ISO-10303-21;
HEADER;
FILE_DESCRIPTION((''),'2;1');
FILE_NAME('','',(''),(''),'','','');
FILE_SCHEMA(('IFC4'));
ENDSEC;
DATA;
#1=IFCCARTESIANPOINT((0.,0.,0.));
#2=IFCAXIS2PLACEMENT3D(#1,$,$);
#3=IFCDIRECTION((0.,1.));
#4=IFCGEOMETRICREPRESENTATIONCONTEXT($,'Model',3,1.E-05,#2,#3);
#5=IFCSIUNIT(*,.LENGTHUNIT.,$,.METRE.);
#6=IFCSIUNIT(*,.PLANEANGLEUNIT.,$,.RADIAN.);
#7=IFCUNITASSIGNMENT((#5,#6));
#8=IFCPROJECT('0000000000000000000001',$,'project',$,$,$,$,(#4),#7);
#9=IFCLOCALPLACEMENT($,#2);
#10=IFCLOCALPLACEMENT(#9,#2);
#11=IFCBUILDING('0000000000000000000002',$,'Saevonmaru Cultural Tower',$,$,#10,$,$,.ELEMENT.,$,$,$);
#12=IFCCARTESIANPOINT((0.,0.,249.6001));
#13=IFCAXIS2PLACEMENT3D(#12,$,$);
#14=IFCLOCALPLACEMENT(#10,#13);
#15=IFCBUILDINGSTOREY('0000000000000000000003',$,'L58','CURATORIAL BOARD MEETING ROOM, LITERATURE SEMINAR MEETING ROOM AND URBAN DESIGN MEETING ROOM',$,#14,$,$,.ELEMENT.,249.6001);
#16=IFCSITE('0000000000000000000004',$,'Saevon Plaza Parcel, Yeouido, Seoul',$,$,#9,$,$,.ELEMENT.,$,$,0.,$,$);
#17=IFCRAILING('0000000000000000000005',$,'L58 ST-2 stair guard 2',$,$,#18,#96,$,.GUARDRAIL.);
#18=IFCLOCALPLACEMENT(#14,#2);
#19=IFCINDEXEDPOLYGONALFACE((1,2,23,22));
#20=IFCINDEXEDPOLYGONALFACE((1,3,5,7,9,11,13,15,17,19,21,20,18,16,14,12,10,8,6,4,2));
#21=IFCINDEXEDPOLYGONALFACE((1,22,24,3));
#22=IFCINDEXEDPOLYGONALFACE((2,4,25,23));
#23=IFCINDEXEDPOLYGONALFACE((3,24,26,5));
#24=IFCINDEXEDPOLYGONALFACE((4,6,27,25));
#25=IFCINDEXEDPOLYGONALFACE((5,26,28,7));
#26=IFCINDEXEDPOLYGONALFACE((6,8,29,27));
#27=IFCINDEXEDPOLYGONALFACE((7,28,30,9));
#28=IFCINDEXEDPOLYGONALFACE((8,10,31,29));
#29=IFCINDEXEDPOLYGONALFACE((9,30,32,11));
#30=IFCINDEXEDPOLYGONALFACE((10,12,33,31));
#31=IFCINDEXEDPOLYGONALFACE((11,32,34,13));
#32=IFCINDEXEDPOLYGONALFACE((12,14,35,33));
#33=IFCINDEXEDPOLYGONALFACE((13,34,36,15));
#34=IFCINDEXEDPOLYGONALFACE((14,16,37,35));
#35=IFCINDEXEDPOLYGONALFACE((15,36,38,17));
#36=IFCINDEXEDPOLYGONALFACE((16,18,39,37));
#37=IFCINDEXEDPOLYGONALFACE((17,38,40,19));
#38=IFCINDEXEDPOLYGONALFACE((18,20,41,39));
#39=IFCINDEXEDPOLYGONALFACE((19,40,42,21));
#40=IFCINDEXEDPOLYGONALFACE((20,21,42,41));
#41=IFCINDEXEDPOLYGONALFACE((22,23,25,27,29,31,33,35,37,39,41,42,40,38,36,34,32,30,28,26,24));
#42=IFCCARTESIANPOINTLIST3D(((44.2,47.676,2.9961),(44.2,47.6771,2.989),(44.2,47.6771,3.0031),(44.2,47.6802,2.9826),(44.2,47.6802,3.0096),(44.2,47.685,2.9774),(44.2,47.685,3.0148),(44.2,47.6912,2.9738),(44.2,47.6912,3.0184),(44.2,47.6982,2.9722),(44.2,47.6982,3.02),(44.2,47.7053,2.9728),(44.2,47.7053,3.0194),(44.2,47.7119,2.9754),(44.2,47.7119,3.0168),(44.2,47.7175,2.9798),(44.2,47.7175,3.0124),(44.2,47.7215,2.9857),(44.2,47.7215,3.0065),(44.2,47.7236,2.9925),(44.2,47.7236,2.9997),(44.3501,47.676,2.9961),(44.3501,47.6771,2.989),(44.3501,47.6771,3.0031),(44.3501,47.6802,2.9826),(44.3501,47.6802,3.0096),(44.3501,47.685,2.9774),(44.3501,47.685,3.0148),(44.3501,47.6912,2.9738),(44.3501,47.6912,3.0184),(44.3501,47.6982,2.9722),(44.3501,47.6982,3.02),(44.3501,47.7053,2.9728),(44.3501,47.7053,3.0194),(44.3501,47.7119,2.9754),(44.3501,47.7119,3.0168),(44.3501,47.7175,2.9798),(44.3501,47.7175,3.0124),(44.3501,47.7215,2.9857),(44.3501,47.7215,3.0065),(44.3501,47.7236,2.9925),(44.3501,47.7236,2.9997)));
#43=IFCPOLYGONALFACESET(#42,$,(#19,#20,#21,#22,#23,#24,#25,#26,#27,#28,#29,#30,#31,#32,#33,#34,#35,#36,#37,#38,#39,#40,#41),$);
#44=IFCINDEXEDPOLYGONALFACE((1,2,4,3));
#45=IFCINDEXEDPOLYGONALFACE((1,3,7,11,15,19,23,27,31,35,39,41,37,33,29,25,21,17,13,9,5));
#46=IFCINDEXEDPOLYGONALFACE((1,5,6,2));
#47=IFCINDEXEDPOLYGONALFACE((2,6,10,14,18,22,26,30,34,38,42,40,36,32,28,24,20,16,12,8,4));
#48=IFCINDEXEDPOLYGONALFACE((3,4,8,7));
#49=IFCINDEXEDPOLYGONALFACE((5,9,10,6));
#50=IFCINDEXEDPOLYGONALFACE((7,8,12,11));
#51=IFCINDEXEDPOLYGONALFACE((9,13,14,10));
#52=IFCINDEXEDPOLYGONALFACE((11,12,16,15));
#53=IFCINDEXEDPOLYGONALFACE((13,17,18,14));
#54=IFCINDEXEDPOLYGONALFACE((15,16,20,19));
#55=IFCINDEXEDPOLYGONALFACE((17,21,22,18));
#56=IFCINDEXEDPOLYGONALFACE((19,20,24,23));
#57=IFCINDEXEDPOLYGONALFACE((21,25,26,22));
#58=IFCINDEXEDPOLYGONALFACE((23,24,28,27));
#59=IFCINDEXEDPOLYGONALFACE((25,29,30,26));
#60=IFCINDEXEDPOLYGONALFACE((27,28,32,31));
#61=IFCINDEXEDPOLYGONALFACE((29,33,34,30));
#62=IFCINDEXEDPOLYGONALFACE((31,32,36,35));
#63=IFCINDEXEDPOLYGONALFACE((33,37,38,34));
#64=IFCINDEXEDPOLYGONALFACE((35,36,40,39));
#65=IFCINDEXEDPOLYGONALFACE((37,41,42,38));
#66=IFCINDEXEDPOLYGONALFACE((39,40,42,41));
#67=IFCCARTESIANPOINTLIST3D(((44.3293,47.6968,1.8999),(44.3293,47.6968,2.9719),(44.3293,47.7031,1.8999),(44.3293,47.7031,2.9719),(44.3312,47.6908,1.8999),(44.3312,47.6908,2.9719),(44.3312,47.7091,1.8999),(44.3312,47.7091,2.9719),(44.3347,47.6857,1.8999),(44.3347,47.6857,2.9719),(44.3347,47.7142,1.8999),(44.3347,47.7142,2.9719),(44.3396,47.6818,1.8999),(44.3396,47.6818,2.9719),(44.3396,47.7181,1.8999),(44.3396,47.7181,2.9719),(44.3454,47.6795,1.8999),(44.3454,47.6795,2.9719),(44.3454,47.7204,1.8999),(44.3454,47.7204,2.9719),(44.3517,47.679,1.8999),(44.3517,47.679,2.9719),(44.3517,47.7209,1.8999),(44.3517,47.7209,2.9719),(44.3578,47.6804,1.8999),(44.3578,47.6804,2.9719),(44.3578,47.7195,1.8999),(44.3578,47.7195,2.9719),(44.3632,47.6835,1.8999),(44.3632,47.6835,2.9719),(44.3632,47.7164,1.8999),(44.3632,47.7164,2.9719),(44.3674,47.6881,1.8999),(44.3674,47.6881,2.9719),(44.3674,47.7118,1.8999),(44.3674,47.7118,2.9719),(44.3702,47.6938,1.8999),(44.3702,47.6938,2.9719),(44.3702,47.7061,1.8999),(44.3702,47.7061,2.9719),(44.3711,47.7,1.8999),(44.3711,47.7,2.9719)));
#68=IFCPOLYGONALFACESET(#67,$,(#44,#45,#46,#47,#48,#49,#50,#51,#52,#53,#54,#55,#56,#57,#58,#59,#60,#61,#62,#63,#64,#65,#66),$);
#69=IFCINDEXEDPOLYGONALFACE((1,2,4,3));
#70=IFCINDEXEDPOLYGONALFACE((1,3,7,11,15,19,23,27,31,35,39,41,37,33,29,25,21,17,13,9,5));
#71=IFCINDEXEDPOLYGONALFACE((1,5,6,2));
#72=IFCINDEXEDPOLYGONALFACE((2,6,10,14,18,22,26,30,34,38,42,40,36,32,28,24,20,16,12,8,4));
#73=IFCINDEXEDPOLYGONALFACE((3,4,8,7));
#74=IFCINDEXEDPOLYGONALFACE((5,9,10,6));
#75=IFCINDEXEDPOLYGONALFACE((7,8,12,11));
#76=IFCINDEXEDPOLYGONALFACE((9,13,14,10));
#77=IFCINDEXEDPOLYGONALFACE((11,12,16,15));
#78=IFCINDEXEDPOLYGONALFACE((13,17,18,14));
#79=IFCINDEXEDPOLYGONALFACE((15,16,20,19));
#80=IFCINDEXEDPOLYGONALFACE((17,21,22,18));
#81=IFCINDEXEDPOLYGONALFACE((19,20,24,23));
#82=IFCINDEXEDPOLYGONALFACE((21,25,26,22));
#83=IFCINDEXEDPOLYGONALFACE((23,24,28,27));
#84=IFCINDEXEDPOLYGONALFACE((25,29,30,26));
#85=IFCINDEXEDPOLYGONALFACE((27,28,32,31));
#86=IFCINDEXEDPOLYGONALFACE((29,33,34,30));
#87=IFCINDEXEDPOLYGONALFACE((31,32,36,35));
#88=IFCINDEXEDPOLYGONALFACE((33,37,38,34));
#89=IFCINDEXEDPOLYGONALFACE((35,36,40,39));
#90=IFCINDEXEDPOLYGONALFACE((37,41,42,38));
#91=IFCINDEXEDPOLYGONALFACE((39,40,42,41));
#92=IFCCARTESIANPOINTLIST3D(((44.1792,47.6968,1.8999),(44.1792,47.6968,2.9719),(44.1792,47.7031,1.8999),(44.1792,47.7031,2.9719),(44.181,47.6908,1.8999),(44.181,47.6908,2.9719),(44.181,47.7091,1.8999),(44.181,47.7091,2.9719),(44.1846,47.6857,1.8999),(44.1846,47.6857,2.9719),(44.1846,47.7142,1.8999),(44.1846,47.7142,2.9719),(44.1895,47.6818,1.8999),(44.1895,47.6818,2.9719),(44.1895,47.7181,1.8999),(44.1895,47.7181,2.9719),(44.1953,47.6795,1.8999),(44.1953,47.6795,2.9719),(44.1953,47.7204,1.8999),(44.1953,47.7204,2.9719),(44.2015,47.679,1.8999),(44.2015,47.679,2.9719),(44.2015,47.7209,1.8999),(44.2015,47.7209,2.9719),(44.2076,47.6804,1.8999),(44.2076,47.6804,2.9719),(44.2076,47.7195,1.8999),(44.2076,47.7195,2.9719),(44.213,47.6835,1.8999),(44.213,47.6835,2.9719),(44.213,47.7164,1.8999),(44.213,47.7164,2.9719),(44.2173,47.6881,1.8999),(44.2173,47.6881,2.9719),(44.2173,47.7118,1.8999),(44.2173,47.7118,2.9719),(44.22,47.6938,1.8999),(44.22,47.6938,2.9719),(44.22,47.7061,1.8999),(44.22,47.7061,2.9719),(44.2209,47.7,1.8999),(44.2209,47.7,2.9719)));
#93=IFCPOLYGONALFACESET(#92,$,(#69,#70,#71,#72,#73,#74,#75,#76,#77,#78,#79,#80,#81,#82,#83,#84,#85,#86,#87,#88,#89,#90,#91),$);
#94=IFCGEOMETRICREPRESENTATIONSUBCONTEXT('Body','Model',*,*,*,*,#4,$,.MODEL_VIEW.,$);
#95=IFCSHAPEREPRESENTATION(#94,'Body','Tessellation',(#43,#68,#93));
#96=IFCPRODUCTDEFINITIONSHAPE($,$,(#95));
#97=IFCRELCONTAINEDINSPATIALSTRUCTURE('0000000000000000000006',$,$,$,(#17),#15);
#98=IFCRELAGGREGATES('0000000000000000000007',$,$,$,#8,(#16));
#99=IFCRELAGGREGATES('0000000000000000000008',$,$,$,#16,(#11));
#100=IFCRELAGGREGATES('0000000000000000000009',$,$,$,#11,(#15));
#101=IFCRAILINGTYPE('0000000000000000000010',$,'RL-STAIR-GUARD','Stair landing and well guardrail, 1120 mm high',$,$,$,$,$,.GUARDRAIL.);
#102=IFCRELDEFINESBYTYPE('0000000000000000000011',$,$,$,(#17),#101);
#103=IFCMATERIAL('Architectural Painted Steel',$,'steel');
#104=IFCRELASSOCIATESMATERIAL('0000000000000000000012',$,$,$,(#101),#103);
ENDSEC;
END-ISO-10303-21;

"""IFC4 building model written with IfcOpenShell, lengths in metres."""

from ifc_helpers import new_model, si_unit, direction, frame, origin, origin_2d, place, context, subcontext, project, spatial, circle, extrude, material, type_object, element, save


model = new_model("IFC4")

# Units and contexts
model_context = context("Model", 3, precision=1e-05, world=origin(), true_north=direction((0.0, 1.0)))
body_context = subcontext(model_context, "Body", "Model", "MODEL_VIEW")
ifc_project = project(units=[si_unit("LENGTHUNIT", "METRE"), si_unit("PLANEANGLEUNIT", "RADIAN")], contexts=[model_context])

# Site, building, storey
site_placement = place(None, origin())
site = spatial("IfcSite", under=ifc_project, at=site_placement, Name="Saevon Plaza Parcel, Yeouido, Seoul", CompositionType="ELEMENT", RefElevation=0.0)
building_placement = place(site_placement, origin())
building = spatial("IfcBuilding", under=site, at=building_placement, Name="Saevonmaru Cultural Tower", CompositionType="ELEMENT")
storey_placement = place(building_placement, frame((0.0, 0.0, 249.6001)))
storey = spatial("IfcBuildingStorey", under=building, at=storey_placement, Name="L58", Description="CURATORIAL BOARD MEETING ROOM, LITERATURE SEMINAR MEETING ROOM AND URBAN DESIGN MEETING ROOM", CompositionType="ELEMENT", Elevation=249.6001)

# Railing
ifc_material_1 = material(Name="Architectural Painted Steel", Category="steel")
railing_type_1 = type_object("IfcRailingType", Name="RL-STAIR-GUARD", Description="Stair landing and well guardrail, 1120 mm high", PredefinedType="GUARDRAIL", material=ifc_material_1)
railing_1_placement = place(storey_placement, frame((44.3501, 47.7, 1.8999)))
element("IfcRailing", 1, at=railing_1_placement, inside=storey, type_object=railing_type_1, Name="L58 ST-2 stair guard 2", PredefinedType="GUARDRAIL", context=body_context, shape_type="SweptSolid", body=[
    extrude(circle(Radius=0.0239, at=origin_2d()), frame((0.0, 0.0, 1.0962), z_axis=(-1.0, 0.0, 0.0), x_axis=(0.0, -1.0, 0.0)), (0.0, 0.0, 1.0), 0.1501),
    extrude(circle(Radius=0.021, at=origin_2d()), origin(), (0.0, 0.0, 1.0), 1.072),
    extrude(circle(Radius=0.021, at=origin_2d()), frame((-0.1501, 0.0, 0.0)), (0.0, 0.0, 1.0), 1.072),
])

save(model, "model.ifc")
